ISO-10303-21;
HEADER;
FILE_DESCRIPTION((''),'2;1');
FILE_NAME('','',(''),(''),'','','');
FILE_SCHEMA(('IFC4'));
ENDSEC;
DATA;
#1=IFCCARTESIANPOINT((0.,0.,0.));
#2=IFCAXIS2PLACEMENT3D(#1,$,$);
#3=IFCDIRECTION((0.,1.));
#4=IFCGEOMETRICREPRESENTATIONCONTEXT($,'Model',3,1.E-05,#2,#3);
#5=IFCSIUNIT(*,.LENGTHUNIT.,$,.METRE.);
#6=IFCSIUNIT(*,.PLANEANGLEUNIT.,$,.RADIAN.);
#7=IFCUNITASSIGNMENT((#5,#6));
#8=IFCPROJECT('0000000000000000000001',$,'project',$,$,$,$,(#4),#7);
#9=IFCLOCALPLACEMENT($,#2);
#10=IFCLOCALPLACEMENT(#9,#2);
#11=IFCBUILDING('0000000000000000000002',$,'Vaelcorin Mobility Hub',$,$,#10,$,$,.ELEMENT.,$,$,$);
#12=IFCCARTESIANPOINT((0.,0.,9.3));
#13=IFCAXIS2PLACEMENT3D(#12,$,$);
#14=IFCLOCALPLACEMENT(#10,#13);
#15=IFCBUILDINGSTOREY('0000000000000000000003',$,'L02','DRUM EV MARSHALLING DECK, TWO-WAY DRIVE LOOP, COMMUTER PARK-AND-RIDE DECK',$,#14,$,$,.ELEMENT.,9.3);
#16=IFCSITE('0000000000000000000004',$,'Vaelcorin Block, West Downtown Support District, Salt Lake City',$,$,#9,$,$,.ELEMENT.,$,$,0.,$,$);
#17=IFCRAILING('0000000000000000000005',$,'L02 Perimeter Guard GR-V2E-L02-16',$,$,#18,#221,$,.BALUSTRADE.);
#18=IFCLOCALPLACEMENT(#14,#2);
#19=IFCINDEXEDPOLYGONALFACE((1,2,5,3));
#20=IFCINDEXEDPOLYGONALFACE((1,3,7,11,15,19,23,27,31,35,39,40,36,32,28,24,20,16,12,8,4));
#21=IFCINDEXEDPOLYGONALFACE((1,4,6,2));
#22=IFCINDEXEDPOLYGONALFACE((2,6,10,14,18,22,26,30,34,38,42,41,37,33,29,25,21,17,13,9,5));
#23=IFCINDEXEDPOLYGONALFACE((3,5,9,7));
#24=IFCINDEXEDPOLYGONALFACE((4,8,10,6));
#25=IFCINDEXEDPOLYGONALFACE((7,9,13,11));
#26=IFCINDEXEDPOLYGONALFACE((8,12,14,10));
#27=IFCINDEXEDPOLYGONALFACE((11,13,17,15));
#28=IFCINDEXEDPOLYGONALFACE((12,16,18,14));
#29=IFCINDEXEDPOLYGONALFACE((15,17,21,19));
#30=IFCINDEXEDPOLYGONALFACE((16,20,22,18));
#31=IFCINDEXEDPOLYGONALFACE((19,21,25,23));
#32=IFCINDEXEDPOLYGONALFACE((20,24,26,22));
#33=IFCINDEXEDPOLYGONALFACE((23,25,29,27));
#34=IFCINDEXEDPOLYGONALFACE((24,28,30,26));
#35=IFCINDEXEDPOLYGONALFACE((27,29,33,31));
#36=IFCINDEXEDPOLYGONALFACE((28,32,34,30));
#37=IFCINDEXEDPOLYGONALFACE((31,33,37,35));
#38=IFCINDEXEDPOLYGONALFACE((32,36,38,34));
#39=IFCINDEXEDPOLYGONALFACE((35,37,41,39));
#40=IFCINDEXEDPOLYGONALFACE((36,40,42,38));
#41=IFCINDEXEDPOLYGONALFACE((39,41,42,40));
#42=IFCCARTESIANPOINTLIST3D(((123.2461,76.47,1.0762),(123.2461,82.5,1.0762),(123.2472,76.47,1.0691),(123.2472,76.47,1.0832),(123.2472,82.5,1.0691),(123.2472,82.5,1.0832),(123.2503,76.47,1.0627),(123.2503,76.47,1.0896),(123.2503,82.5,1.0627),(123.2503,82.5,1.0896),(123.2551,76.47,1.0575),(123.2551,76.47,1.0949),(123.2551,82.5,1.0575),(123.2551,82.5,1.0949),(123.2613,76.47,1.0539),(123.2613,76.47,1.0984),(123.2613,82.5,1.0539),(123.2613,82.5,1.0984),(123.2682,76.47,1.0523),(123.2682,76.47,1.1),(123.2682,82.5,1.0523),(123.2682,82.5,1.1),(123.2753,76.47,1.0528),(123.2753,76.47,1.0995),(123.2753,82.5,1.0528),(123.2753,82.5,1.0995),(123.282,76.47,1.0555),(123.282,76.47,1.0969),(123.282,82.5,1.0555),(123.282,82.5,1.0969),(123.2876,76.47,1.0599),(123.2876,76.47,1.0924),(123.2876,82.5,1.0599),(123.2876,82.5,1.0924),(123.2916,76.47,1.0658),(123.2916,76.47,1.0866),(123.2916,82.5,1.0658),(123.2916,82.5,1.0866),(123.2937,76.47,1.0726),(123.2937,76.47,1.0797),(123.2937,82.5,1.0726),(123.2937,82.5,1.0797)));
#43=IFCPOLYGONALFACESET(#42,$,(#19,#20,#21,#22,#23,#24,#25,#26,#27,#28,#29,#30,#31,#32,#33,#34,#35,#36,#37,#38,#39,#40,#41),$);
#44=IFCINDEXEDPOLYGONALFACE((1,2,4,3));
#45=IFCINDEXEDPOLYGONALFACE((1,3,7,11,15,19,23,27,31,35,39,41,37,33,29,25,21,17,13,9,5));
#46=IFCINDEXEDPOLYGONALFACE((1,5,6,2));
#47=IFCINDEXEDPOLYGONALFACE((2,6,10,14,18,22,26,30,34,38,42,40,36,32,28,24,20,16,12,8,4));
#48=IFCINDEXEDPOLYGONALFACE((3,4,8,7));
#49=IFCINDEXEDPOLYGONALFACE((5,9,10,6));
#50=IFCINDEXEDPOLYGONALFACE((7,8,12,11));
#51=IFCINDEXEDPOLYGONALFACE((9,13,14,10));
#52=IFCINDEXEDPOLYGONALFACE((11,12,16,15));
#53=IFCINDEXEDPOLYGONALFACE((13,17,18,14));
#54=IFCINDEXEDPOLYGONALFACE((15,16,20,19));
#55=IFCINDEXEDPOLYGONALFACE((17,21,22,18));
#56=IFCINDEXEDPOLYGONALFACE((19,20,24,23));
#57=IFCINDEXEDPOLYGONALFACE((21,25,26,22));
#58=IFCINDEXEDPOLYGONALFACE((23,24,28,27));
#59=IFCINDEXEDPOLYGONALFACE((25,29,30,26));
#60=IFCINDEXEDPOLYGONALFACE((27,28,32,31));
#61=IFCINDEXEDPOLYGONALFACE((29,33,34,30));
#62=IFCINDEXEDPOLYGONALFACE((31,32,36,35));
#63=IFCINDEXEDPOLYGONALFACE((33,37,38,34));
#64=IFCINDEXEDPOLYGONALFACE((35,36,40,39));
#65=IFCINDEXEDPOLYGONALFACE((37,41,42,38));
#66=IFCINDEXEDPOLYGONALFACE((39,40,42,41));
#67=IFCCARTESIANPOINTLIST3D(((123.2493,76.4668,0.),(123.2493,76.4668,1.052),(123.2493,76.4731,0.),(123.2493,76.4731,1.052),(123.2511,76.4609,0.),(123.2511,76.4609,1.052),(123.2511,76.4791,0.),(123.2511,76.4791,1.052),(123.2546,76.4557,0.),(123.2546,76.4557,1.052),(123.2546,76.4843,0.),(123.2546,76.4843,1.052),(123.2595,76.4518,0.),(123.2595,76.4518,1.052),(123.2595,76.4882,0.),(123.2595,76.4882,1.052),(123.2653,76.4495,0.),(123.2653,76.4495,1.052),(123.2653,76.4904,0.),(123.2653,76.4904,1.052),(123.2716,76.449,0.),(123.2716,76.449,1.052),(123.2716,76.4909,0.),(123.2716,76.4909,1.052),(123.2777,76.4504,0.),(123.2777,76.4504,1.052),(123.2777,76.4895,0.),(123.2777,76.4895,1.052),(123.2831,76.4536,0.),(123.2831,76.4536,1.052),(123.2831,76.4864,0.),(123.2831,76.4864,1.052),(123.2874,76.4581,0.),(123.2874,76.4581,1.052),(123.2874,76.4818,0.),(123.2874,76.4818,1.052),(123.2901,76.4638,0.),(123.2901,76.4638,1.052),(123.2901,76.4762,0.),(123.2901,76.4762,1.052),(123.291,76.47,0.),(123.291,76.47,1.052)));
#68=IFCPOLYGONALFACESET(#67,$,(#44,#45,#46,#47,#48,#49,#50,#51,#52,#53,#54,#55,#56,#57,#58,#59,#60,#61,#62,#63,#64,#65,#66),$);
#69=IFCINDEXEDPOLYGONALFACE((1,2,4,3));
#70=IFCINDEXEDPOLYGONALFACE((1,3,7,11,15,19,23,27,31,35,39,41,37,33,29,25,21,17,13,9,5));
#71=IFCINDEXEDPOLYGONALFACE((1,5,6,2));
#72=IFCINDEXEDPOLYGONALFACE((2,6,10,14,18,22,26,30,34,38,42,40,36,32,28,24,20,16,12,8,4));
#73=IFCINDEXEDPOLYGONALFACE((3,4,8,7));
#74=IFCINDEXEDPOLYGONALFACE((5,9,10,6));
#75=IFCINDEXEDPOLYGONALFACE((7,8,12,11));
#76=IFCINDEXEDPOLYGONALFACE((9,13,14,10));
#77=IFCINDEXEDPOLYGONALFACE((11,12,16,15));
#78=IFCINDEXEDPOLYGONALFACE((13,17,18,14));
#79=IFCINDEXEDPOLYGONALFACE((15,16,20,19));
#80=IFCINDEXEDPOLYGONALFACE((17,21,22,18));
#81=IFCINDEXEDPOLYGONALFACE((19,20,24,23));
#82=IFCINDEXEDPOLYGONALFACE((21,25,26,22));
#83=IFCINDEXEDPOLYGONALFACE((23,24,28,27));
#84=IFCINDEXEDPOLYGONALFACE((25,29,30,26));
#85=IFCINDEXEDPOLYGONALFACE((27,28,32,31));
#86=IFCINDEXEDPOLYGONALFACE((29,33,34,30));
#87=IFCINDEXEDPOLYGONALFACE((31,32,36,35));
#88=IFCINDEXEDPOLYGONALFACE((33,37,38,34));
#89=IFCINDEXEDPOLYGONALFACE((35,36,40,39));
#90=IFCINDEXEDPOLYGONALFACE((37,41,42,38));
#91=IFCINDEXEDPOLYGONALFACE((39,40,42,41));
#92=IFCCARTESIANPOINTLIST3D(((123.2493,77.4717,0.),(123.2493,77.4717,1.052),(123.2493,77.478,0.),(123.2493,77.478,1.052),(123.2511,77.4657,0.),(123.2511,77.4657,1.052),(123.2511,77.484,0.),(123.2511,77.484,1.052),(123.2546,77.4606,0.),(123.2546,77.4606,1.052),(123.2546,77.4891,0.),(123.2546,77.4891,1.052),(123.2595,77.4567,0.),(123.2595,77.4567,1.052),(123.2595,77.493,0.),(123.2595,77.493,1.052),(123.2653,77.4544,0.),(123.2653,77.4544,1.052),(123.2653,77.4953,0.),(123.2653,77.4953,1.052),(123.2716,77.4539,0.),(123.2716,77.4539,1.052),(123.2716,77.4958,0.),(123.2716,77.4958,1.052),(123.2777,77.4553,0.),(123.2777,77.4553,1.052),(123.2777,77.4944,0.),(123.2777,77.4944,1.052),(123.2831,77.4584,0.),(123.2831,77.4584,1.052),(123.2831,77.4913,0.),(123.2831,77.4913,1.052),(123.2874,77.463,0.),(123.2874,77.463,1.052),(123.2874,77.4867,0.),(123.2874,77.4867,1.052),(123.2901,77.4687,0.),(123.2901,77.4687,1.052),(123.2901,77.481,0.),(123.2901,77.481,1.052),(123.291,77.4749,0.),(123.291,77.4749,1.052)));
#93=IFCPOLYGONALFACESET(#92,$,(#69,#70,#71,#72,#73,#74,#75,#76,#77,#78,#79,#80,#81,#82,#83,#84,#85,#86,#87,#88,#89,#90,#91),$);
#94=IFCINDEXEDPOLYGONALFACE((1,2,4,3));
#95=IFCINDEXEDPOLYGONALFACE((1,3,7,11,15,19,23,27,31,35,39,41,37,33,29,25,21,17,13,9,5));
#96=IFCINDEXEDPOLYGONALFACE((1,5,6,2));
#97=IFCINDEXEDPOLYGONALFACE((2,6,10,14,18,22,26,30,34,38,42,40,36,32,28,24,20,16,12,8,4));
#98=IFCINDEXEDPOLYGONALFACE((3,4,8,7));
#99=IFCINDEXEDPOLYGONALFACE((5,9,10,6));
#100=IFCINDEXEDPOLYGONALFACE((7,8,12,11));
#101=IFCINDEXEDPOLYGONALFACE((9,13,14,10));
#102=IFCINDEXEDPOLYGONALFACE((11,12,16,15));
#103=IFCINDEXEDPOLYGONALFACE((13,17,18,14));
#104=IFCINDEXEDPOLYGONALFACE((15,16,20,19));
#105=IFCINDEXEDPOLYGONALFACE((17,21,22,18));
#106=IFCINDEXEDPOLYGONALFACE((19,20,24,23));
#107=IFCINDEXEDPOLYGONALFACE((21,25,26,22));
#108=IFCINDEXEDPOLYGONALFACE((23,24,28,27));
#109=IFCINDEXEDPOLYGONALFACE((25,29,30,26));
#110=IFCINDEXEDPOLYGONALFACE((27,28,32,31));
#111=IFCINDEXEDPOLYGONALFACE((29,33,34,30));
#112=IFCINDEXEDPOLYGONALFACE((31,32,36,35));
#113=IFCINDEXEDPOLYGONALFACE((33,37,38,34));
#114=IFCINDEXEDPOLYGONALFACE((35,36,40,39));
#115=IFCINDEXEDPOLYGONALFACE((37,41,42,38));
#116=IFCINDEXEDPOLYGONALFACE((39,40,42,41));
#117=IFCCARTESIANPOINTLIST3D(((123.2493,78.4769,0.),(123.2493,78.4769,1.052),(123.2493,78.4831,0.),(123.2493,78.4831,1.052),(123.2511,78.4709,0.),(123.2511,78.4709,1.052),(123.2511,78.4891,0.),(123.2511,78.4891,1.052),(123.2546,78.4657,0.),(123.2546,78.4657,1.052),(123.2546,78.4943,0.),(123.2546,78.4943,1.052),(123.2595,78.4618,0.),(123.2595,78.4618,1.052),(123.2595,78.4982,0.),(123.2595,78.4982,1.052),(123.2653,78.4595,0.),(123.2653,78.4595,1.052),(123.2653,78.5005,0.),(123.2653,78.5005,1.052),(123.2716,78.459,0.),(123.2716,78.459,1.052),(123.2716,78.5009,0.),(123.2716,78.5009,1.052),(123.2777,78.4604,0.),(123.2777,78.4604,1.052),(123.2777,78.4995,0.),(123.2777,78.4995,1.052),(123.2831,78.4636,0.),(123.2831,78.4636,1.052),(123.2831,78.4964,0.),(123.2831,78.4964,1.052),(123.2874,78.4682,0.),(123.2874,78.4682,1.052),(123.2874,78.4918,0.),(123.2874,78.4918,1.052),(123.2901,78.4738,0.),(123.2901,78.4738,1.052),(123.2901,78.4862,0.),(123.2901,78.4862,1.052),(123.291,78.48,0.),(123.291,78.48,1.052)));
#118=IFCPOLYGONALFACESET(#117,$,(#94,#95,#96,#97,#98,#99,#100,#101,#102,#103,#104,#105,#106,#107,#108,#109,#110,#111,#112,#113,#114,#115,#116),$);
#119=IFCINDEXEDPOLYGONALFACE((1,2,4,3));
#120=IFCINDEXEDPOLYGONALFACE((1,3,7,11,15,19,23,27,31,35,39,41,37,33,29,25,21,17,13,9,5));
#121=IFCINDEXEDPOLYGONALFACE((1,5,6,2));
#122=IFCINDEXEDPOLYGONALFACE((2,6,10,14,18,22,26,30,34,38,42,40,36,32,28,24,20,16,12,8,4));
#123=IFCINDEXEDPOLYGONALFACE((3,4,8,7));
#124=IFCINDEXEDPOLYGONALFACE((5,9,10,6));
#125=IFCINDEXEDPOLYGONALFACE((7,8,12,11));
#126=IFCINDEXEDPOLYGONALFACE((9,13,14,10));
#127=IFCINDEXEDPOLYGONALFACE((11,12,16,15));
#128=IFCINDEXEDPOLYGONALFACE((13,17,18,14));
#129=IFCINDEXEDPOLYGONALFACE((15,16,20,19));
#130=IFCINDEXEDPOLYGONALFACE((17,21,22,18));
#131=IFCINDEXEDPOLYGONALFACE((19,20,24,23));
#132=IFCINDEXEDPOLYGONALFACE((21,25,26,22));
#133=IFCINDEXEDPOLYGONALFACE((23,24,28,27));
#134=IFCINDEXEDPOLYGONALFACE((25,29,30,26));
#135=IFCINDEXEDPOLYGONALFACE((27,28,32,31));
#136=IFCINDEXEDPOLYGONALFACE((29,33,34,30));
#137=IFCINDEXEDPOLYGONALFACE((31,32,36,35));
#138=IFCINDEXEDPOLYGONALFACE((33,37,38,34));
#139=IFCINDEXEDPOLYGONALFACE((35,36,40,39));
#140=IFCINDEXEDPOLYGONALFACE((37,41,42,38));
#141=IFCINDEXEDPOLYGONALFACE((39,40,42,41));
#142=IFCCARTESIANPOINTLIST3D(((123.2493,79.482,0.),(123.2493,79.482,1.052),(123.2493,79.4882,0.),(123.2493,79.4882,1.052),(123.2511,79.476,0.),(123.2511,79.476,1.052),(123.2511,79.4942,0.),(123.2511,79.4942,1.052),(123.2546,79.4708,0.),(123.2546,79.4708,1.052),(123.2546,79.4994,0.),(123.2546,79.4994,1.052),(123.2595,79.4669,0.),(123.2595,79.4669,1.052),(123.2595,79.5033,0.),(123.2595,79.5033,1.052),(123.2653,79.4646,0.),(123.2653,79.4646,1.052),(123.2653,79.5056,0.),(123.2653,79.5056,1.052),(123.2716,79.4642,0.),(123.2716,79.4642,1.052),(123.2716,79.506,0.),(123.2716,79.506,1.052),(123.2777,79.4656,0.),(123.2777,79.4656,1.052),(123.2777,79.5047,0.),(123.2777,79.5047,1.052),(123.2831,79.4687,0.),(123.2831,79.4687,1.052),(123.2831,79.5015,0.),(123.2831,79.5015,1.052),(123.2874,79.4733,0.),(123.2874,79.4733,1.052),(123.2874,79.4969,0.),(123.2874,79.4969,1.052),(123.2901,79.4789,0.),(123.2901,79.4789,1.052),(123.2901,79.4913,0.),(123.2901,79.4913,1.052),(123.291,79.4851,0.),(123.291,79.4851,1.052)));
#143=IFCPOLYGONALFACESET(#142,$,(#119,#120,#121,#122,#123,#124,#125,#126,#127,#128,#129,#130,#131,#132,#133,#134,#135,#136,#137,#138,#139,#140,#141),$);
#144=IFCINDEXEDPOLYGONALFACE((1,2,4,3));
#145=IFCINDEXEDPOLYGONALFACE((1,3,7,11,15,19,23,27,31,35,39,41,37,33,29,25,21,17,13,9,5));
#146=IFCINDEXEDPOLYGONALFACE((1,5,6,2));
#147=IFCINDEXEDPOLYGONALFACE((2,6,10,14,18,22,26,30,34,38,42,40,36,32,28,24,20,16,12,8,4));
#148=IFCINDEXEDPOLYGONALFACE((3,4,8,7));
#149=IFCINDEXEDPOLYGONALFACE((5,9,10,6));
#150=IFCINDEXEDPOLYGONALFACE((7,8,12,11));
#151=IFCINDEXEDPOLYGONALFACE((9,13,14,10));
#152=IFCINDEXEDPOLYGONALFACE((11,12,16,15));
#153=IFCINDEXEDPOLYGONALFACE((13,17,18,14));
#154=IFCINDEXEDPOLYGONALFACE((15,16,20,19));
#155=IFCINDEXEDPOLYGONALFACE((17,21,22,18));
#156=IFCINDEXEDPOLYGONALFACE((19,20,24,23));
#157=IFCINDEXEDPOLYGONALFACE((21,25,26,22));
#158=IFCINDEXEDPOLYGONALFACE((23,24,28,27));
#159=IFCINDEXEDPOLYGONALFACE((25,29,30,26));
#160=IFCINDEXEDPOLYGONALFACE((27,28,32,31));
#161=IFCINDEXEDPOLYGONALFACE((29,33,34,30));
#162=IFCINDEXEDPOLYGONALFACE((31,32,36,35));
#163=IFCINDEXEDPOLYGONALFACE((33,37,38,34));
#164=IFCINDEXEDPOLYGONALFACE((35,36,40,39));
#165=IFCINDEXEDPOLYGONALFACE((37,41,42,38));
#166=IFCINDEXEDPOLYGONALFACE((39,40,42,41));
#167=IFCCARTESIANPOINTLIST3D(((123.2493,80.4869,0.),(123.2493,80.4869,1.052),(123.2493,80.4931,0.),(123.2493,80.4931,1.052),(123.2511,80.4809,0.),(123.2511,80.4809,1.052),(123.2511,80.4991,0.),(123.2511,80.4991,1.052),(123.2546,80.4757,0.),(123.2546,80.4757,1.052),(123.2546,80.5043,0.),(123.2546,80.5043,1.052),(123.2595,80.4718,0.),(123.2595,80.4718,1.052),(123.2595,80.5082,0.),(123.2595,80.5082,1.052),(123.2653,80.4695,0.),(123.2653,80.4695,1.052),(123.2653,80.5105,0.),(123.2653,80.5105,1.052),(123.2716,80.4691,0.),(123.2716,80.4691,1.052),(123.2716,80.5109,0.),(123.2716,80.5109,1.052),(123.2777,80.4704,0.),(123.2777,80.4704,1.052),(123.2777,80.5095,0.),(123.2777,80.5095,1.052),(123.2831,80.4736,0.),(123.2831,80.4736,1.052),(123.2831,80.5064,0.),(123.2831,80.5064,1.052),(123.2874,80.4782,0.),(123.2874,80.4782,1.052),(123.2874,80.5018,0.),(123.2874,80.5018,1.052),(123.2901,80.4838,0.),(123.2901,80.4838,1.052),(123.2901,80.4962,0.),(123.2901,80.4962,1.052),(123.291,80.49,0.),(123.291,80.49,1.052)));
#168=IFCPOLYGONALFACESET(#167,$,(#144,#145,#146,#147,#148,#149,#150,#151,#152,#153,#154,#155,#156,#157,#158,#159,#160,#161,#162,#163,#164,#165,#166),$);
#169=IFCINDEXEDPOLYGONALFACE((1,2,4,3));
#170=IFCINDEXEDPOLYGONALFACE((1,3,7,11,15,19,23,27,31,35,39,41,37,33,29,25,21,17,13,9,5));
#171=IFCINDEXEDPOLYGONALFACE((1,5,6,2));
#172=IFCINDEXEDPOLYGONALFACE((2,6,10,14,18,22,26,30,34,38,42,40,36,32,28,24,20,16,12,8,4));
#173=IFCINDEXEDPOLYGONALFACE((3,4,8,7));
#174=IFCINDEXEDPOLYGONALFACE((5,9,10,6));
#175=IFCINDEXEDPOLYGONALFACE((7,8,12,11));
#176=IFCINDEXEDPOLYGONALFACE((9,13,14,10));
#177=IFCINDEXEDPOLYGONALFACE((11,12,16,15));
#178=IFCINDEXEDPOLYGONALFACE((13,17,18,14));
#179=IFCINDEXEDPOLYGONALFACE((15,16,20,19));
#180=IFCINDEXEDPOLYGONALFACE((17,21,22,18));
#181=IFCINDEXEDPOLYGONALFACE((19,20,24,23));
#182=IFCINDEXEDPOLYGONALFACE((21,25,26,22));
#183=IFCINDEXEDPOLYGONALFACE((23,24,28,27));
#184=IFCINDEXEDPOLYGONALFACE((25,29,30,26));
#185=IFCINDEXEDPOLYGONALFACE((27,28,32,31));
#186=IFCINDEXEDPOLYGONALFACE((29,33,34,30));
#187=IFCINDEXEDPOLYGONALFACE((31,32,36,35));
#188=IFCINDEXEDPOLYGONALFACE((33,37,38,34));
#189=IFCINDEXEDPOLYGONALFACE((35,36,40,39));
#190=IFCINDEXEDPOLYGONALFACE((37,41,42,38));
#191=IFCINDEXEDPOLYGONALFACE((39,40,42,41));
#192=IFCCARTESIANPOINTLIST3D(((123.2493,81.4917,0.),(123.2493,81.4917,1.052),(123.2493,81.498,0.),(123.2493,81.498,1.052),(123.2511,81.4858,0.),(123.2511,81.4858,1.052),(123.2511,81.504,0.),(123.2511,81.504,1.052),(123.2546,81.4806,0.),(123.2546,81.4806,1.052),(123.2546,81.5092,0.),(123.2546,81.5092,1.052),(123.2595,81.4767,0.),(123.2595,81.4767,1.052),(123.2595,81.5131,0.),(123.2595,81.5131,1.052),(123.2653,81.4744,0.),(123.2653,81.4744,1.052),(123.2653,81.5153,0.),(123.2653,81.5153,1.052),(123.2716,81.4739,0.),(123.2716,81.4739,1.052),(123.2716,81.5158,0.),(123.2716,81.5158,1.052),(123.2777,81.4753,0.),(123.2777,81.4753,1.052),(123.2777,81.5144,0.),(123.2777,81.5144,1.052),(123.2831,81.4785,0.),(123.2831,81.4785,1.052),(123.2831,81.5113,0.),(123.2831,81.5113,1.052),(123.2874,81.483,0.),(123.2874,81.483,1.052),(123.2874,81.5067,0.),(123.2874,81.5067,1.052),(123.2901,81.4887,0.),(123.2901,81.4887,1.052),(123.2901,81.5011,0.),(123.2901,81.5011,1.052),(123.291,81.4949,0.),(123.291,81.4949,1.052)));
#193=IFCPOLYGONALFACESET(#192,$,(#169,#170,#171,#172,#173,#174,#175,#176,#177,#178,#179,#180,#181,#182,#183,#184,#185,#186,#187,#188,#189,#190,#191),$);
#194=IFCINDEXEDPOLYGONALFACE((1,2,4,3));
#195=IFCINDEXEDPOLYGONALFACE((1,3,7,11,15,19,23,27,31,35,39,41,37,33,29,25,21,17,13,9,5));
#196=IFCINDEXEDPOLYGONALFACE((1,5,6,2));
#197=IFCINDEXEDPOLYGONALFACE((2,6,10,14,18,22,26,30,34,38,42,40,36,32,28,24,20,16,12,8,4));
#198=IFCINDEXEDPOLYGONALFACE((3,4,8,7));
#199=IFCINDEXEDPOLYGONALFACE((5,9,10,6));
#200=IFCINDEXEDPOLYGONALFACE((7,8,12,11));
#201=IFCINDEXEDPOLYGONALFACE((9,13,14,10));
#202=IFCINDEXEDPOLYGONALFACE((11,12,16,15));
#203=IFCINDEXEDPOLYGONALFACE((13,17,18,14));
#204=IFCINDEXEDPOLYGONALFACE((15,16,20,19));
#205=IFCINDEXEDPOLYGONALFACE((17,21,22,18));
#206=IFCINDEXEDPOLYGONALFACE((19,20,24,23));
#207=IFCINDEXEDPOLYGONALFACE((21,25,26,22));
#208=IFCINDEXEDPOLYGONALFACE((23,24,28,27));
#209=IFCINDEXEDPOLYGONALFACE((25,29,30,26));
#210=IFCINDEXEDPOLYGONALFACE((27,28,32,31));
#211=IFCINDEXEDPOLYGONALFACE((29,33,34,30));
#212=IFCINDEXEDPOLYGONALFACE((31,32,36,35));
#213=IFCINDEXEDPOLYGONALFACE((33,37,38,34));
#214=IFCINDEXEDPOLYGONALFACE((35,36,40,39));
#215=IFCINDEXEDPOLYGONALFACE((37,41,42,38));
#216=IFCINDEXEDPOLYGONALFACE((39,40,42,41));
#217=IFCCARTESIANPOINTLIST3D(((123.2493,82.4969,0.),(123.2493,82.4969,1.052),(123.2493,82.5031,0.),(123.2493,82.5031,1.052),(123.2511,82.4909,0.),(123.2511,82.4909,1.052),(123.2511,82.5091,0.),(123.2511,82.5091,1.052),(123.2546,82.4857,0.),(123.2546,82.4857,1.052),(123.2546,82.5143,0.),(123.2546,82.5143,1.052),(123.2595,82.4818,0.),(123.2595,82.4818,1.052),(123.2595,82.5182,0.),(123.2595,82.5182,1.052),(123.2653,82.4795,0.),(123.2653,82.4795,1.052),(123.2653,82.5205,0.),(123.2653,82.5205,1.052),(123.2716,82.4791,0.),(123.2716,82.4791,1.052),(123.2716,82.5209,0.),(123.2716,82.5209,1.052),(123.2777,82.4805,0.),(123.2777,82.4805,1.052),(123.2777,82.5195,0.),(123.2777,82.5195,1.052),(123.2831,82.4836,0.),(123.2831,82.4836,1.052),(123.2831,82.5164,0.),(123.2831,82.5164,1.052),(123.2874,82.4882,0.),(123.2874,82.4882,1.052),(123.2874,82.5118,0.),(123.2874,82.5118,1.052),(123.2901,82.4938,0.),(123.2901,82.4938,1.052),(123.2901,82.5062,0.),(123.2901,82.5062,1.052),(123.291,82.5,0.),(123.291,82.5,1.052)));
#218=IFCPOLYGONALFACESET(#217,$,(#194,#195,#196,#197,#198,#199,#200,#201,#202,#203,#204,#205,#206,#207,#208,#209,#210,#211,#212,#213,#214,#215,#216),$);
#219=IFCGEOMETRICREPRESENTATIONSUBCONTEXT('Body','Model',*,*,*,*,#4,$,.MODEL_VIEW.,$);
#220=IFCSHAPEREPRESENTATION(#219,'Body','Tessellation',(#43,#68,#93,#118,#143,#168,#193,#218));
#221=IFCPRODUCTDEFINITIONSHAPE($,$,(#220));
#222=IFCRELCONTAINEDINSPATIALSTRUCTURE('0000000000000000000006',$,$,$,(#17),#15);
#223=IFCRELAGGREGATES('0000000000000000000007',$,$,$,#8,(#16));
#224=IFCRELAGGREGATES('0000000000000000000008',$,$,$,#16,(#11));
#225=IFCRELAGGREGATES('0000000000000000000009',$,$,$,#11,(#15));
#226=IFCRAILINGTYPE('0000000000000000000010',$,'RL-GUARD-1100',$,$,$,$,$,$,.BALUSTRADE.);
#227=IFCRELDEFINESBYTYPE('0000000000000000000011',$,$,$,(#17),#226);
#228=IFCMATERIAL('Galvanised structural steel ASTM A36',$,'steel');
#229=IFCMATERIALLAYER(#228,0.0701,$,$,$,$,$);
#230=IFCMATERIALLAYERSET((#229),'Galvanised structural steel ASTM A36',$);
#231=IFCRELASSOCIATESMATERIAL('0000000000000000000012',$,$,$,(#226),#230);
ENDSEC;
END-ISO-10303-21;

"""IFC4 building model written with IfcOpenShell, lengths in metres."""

from ifc_helpers import new_model, si_unit, direction, frame, origin, origin_2d, place, context, subcontext, project, spatial, circle, extrude, material, layer, layer_set, type_object, element, save


model = new_model("IFC4")

# Units and contexts
model_context = context("Model", 3, precision=1e-05, world=origin(), true_north=direction((0.0, 1.0)))
body_context = subcontext(model_context, "Body", "Model", "MODEL_VIEW")
ifc_project = project(units=[si_unit("LENGTHUNIT", "METRE"), si_unit("PLANEANGLEUNIT", "RADIAN")], contexts=[model_context])

# Site, building, storey
site_placement = place(None, origin())
site = spatial("IfcSite", under=ifc_project, at=site_placement, Name="Vaelcorin Block, West Downtown Support District, Salt Lake City", CompositionType="ELEMENT", RefElevation=0.0)
building_placement = place(site_placement, origin())
building = spatial("IfcBuilding", under=site, at=building_placement, Name="Vaelcorin Mobility Hub", CompositionType="ELEMENT")
storey_placement = place(building_placement, frame((0.0, 0.0, 9.3)))
storey = spatial("IfcBuildingStorey", under=building, at=storey_placement, Name="L02", Description="DRUM EV MARSHALLING DECK, TWO-WAY DRIVE LOOP, COMMUTER PARK-AND-RIDE DECK", CompositionType="ELEMENT", Elevation=9.3)

# Railing
ifc_material_1 = material(Name="Galvanised structural steel ASTM A36", Category="steel")
ifc_layer = layer(ifc_material_1, 0.0701)
ifc_layer_set = layer_set([ifc_layer], Name="Galvanised structural steel ASTM A36")
railing_type = type_object("IfcRailingType", Name="RL-GUARD-1100", PredefinedType="BALUSTRADE", material=ifc_layer_set)
railing_1_placement = place(storey_placement, frame((123.27, 76.47, 0.0)))
element("IfcRailing", 1, at=railing_1_placement, inside=storey, type_object=railing_type, Name="L02 Perimeter Guard GR-V2E-L02-16", PredefinedType="BALUSTRADE", context=body_context, shape_type="SweptSolid", body=[
    extrude(circle(Radius=0.0239, at=origin_2d()), frame((0.0, 0.0, 1.0762), z_axis=(0.0, 1.0, 0.0), x_axis=(-1.0, 0.0, 0.0)), (0.0, 0.0, 1.0), 6.03),
    extrude(circle(Radius=0.021, at=origin_2d()), origin(), (0.0, 0.0, 1.0), 1.052),
    extrude(circle(Radius=0.021, at=origin_2d()), frame((0.0, 1.0049, 0.0)), (0.0, 0.0, 1.0), 1.052),
    extrude(circle(Radius=0.021, at=origin_2d()), frame((0.0, 2.01, 0.0)), (0.0, 0.0, 1.0), 1.052),
    extrude(circle(Radius=0.021, at=origin_2d()), frame((0.0, 3.0151, 0.0)), (0.0, 0.0, 1.0), 1.052),
    extrude(circle(Radius=0.021, at=origin_2d()), frame((0.0, 4.02, 0.0)), (0.0, 0.0, 1.0), 1.052),
    extrude(circle(Radius=0.021, at=origin_2d()), frame((0.0, 5.0249, 0.0)), (0.0, 0.0, 1.0), 1.052),
    extrude(circle(Radius=0.021, at=origin_2d()), frame((0.0, 6.03, 0.0)), (0.0, 0.0, 1.0), 1.052),
])

save(model, "model.ifc")
